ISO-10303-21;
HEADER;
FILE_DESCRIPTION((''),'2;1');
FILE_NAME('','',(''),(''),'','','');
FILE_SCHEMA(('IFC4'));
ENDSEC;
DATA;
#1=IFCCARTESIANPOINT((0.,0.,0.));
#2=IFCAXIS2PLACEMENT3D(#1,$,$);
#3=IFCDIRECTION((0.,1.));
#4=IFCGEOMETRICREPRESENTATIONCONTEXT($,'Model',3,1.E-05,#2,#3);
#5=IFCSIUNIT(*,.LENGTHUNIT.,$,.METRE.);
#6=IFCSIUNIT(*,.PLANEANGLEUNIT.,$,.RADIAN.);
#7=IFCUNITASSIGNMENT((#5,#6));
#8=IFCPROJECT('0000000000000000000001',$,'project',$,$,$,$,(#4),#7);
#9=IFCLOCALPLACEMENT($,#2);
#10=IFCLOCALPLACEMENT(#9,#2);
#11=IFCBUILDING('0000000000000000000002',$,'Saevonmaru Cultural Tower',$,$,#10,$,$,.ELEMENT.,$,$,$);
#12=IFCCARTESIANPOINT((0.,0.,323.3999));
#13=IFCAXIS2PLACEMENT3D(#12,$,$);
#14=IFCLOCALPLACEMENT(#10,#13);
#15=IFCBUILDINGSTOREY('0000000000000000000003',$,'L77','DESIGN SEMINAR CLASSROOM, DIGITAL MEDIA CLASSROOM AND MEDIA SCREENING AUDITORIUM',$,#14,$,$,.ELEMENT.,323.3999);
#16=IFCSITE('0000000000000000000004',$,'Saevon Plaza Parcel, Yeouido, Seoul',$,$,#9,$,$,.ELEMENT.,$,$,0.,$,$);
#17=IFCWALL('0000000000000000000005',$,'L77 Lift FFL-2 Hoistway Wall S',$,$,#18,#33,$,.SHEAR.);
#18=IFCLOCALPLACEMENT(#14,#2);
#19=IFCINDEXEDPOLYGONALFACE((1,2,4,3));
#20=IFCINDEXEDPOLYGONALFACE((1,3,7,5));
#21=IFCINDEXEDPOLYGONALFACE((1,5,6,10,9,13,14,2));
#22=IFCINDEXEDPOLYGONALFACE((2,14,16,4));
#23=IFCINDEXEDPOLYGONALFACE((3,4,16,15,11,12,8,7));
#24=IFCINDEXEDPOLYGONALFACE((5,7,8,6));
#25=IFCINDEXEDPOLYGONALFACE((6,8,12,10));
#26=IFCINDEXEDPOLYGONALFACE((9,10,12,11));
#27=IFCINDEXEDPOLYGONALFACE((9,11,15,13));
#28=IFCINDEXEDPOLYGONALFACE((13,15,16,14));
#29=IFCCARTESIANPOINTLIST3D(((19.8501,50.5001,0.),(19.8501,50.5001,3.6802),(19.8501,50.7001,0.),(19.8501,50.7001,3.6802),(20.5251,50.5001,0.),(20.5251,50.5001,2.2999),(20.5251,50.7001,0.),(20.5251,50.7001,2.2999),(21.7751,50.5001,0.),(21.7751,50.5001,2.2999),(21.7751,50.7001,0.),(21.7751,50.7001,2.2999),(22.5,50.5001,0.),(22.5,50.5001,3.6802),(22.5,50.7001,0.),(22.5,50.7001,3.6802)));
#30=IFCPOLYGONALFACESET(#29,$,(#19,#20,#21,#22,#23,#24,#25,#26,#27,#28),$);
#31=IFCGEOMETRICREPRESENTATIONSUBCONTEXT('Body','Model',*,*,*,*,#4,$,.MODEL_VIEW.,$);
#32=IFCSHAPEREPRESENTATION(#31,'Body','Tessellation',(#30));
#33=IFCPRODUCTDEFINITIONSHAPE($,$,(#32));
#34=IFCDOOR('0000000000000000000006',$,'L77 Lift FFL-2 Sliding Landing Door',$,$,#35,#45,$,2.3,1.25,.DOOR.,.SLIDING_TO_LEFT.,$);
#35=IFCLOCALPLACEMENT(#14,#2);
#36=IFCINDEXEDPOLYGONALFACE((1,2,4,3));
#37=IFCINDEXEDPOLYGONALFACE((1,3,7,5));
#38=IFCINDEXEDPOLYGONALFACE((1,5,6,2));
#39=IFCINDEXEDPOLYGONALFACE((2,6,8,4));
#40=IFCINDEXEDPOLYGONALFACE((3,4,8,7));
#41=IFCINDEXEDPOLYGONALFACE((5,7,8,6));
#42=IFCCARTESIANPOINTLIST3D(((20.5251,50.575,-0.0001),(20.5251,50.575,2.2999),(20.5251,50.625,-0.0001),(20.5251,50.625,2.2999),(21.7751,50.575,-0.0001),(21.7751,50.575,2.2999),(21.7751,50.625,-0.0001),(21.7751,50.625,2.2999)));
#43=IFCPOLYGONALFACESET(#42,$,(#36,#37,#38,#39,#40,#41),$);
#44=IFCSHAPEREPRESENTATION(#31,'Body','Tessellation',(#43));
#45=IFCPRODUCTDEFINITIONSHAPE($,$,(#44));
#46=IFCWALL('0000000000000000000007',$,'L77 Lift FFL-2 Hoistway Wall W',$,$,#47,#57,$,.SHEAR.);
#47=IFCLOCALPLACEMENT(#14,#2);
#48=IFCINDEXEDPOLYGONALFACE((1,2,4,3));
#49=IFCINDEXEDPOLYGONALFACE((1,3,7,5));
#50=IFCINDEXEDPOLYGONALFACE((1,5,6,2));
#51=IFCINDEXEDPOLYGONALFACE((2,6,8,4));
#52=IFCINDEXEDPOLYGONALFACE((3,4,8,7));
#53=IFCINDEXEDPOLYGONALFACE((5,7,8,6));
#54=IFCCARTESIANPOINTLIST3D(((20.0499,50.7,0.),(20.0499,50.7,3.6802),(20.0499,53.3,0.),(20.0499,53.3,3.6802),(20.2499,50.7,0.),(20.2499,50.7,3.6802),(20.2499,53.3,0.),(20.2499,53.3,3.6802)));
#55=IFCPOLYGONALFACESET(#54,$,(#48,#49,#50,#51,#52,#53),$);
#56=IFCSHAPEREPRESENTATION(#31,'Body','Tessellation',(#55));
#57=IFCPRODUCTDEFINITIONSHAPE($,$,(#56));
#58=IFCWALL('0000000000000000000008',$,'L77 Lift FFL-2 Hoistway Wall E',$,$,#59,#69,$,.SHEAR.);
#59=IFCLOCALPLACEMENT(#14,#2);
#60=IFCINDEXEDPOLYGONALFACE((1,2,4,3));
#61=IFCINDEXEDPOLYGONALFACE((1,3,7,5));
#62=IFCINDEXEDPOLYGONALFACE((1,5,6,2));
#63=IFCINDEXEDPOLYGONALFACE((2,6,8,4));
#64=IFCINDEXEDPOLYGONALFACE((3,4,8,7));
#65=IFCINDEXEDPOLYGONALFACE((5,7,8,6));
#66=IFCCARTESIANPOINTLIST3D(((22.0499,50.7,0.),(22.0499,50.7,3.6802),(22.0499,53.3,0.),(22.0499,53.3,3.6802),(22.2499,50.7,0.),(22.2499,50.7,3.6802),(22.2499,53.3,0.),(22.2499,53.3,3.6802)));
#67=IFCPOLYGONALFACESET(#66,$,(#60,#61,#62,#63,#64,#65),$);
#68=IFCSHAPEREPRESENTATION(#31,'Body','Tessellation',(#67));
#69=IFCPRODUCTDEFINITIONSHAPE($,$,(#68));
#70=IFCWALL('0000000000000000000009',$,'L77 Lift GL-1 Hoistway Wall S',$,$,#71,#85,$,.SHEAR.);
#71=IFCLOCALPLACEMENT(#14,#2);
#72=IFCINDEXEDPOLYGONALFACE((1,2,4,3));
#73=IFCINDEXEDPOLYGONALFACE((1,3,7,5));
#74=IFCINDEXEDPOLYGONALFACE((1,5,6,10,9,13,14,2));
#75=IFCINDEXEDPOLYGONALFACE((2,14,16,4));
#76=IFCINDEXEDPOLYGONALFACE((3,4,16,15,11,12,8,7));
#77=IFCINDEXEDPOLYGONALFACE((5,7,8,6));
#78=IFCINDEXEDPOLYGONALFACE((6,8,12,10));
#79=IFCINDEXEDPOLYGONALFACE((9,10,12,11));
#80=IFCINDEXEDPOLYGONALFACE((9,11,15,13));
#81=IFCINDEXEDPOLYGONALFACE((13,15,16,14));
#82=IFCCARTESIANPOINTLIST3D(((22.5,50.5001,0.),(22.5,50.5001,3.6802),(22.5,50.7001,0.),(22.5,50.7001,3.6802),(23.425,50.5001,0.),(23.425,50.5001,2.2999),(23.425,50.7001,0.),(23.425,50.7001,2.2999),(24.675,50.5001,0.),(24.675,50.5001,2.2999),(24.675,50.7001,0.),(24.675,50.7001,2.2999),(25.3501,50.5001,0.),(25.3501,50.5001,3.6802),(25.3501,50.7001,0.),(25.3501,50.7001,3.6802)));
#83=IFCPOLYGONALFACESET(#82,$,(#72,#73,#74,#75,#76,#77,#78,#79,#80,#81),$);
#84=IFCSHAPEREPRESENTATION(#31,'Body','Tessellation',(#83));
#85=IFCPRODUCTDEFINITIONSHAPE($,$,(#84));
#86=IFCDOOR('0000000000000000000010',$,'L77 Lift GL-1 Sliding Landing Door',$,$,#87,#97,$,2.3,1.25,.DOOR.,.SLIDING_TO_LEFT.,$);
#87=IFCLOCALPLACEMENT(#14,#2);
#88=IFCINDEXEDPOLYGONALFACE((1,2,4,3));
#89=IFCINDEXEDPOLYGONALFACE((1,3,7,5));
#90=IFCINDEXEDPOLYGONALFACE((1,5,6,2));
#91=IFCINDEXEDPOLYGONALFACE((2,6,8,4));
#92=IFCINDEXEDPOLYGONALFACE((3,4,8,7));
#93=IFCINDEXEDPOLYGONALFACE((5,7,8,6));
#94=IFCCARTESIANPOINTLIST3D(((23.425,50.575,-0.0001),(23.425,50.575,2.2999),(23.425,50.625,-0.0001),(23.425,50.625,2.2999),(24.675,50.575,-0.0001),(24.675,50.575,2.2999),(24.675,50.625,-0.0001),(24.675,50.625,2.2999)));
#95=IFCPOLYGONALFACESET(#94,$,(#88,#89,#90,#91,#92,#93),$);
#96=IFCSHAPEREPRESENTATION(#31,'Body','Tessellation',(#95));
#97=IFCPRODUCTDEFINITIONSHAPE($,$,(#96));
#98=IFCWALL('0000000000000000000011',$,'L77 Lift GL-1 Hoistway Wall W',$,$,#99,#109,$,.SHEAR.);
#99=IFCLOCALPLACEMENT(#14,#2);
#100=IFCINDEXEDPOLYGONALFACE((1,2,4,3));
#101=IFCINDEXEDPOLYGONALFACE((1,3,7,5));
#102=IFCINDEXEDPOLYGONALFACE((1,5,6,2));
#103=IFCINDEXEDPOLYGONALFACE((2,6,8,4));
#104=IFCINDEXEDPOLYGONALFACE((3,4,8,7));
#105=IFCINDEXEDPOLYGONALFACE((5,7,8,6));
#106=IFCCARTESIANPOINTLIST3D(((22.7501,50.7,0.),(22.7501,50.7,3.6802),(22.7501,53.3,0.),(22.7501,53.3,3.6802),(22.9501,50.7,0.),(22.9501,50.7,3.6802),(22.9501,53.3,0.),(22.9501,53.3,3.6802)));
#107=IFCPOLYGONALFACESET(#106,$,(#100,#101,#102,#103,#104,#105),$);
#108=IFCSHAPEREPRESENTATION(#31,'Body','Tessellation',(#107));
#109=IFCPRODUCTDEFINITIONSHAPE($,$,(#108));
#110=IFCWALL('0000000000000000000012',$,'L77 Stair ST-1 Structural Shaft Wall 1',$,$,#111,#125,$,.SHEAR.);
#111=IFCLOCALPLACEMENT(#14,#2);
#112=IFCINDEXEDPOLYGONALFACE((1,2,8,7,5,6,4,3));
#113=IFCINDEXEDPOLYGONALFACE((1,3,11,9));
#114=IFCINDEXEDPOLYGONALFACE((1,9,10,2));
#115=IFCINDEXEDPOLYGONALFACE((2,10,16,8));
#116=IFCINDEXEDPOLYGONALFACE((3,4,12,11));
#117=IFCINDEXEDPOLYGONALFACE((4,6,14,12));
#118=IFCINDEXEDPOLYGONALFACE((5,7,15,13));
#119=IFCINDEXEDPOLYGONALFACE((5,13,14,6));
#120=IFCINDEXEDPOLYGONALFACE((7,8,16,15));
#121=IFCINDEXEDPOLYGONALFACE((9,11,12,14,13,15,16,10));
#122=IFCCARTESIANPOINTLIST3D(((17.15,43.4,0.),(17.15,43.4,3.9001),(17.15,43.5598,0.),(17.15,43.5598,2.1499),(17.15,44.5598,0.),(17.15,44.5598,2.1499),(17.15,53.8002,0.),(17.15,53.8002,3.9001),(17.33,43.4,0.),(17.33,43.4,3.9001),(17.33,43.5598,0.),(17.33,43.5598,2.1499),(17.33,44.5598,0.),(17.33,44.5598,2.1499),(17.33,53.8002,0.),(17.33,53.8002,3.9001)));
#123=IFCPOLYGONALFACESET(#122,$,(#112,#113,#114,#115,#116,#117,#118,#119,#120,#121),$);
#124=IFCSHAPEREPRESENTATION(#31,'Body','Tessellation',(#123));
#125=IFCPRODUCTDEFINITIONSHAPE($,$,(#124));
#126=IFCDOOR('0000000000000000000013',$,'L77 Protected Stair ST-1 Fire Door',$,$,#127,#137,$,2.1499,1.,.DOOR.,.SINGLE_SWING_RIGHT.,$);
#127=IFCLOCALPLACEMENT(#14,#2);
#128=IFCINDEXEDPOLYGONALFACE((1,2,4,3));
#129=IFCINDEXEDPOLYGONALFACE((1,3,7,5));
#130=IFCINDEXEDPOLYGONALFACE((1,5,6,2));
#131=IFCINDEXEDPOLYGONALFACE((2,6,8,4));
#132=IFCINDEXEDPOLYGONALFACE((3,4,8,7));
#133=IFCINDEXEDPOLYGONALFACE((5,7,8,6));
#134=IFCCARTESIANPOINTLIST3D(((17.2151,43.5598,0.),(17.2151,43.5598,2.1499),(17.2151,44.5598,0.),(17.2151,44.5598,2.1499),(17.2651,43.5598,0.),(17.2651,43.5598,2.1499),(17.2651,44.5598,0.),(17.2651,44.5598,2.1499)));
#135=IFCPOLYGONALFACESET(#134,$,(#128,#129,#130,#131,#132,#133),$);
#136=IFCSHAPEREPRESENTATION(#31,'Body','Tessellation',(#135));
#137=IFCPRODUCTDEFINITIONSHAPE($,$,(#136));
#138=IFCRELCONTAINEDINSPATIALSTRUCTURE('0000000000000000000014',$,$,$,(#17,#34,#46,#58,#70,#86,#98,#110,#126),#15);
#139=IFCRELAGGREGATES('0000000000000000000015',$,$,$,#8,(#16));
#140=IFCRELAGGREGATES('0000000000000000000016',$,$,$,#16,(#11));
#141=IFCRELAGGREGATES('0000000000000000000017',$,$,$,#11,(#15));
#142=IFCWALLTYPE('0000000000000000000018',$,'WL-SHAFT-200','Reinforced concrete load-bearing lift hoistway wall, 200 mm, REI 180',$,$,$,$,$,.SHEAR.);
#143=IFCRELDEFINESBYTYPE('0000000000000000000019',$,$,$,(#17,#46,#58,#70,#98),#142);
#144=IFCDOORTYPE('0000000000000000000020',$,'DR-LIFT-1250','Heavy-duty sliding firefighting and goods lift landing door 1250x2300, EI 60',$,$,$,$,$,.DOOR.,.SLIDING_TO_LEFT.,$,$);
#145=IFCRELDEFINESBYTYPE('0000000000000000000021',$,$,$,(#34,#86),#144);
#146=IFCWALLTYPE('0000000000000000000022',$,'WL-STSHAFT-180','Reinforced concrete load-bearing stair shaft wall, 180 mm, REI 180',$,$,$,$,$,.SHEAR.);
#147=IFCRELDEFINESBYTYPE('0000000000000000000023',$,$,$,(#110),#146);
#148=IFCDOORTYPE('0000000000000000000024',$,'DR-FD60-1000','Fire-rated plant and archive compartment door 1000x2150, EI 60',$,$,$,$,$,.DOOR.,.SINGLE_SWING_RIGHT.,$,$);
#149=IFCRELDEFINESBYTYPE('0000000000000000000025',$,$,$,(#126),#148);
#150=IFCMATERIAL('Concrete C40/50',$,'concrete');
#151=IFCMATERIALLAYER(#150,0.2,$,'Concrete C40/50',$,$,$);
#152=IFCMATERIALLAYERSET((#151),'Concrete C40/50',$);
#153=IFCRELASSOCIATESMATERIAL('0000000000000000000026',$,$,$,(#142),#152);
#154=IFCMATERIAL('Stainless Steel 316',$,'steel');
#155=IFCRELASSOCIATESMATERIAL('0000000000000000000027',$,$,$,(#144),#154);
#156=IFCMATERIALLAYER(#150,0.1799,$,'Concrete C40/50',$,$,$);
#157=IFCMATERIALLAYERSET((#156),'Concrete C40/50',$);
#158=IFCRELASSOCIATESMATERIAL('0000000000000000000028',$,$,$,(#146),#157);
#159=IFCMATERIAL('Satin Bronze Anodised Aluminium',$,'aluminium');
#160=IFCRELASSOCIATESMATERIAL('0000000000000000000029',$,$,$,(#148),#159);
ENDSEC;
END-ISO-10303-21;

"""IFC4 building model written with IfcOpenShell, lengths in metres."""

from ifc_helpers import new_model, si_unit, direction, frame, frame_2d, origin, place, context, subcontext, project, spatial, rectangle, extrude, material, layer, layer_set, type_object, element, fill, save


model = new_model("IFC4")

# Units and contexts
model_context = context("Model", 3, precision=1e-05, world=origin(), true_north=direction((0.0, 1.0)))
body_context = subcontext(model_context, "Body", "Model", "MODEL_VIEW")
ifc_project = project(units=[si_unit("LENGTHUNIT", "METRE"), si_unit("PLANEANGLEUNIT", "RADIAN")], contexts=[model_context])

# Site, building, storey
site_placement = place(None, origin())
site = spatial("IfcSite", under=ifc_project, at=site_placement, Name="Saevon Plaza Parcel, Yeouido, Seoul", CompositionType="ELEMENT", RefElevation=0.0)
building_placement = place(site_placement, origin())
building = spatial("IfcBuilding", under=site, at=building_placement, Name="Saevonmaru Cultural Tower", CompositionType="ELEMENT")
storey_placement = place(building_placement, frame((0.0, 0.0, 323.3999)))
storey = spatial("IfcBuildingStorey", under=building, at=storey_placement, Name="L77", Description="DESIGN SEMINAR CLASSROOM, DIGITAL MEDIA CLASSROOM AND MEDIA SCREENING AUDITORIUM", CompositionType="ELEMENT", Elevation=323.3999)

# Shared definitions
ifc_material_1 = material(Name="Satin Bronze Anodised Aluminium", Category="aluminium")
ifc_material_2 = material(Name="Concrete C40/50", Category="concrete")
ifc_layer_1 = layer(ifc_material_2, 0.2, Name="Concrete C40/50")
ifc_layer_set_1 = layer_set([ifc_layer_1], Name="Concrete C40/50")
wall_type_1 = type_object("IfcWallType", Name="WL-SHAFT-200", Description="Reinforced concrete load-bearing lift hoistway wall, 200 mm, REI 180", PredefinedType="SHEAR", material=ifc_layer_set_1)
ifc_material_3 = material(Name="Stainless Steel 316", Category="steel")
door_type_1 = type_object("IfcDoorType", Name="DR-LIFT-1250", Description="Heavy-duty sliding firefighting and goods lift landing door 1250x2300, EI 60", OperationType="SLIDING_TO_LEFT", PredefinedType="DOOR", material=ifc_material_3)

# Wall, opening, door
wall_1_placement = place(storey_placement, frame((19.8501, 50.6001, 0.0), z_axis=(0.0, 0.0, 1.0), x_axis=(1.0, 0.0, 0.0)))
wall_1 = element("IfcWall", 1, at=wall_1_placement, inside=storey, type_object=wall_type_1, Name="L77 Lift FFL-2 Hoistway Wall S", PredefinedType="SHEAR", context=body_context, shape_type="SweptSolid", body=[
    extrude(rectangle(XDim=2.6499, YDim=0.2, at=frame_2d((1.325, 0.0))), origin(), (0.0, 0.0, 1.0), 3.6802),
])
opening_1_placement = place(wall_1_placement, frame((0.675, 0.0, 0.0)))
opening_1 = element("IfcOpeningElement", 2, at=opening_1_placement, cuts=wall_1, PredefinedType="OPENING", context=body_context, shape_type="SweptSolid", body=[
    extrude(rectangle(XDim=1.25, YDim=2.3, at=frame_2d((0.625, 1.1499))), frame((0.0, 0.1099, 0.0), z_axis=(0.0, -1.0, 0.0), x_axis=(1.0, 0.0, 0.0)), (0.0, 0.0, 1.0), 0.22),
])
door_1_placement = place(opening_1_placement, origin())
door_1 = element("IfcDoor", 3, at=door_1_placement, inside=storey, type_object=door_type_1, Name="L77 Lift FFL-2 Sliding Landing Door", OperationType="SLIDING_TO_LEFT", OverallHeight=2.3, OverallWidth=1.25, PredefinedType="DOOR", context=body_context, shape_type="SweptSolid", body=[
    extrude(rectangle(XDim=1.25, YDim=2.3, at=frame_2d((0.625, 1.1499))), frame((0.0, 0.0249, 0.0), z_axis=(0.0, -1.0, 0.0), x_axis=(1.0, 0.0, 0.0)), (0.0, 0.0, 1.0), 0.05),
])
fill(opening_1, door_1)

# Walls
for number, where, z_axis, x_axis, name in (
    (4, (20.1499, 50.7, 0.0), (0.0, 0.0, 1.0), (0.0, 1.0, 0.0), "L77 Lift FFL-2 Hoistway Wall W"),
    (5, (22.1499, 50.7, 0.0), (0.0, 0.0, 1.0), (0.0, 1.0, 0.0), "L77 Lift FFL-2 Hoistway Wall E"),
):
    element("IfcWall", number, at=place(storey_placement, frame(where, z_axis=z_axis, x_axis=x_axis)), inside=storey, type_object=wall_type_1, Name=name, PredefinedType="SHEAR", context=body_context, shape_type="SweptSolid", body=[
        extrude(rectangle(XDim=2.6001, YDim=0.2, at=frame_2d((1.3, 0.0))), origin(), (0.0, 0.0, 1.0), 3.6802),
    ])

# Wall, opening, door
wall_2_placement = place(storey_placement, frame((22.5, 50.6001, 0.0), z_axis=(0.0, 0.0, 1.0), x_axis=(1.0, 0.0, 0.0)))
wall_2 = element("IfcWall", 6, at=wall_2_placement, inside=storey, type_object=wall_type_1, Name="L77 Lift GL-1 Hoistway Wall S", PredefinedType="SHEAR", context=body_context, shape_type="SweptSolid", body=[
    extrude(rectangle(XDim=2.8501, YDim=0.2, at=frame_2d((1.425, 0.0))), origin(), (0.0, 0.0, 1.0), 3.6802),
])
opening_2_placement = place(wall_2_placement, frame((0.925, 0.0, 0.0)))
opening_2 = element("IfcOpeningElement", 7, at=opening_2_placement, cuts=wall_2, PredefinedType="OPENING", context=body_context, shape_type="SweptSolid", body=[
    extrude(rectangle(XDim=1.25, YDim=2.3, at=frame_2d((0.625, 1.1499))), frame((0.0, 0.1099, 0.0), z_axis=(0.0, -1.0, 0.0), x_axis=(1.0, 0.0, 0.0)), (0.0, 0.0, 1.0), 0.22),
])
door_2_placement = place(opening_2_placement, origin())
door_2 = element("IfcDoor", 8, at=door_2_placement, inside=storey, type_object=door_type_1, Name="L77 Lift GL-1 Sliding Landing Door", OperationType="SLIDING_TO_LEFT", OverallHeight=2.3, OverallWidth=1.25, PredefinedType="DOOR", context=body_context, shape_type="SweptSolid", body=[
    extrude(rectangle(XDim=1.25, YDim=2.3, at=frame_2d((0.625, 1.1499))), frame((0.0, 0.0249, 0.0), z_axis=(0.0, -1.0, 0.0), x_axis=(1.0, 0.0, 0.0)), (0.0, 0.0, 1.0), 0.05),
])
fill(opening_2, door_2)

# Wall
wall_3_placement = place(storey_placement, frame((22.8501, 50.7, 0.0), z_axis=(0.0, 0.0, 1.0), x_axis=(0.0, 1.0, 0.0)))
element("IfcWall", 9, at=wall_3_placement, inside=storey, type_object=wall_type_1, Name="L77 Lift GL-1 Hoistway Wall W", PredefinedType="SHEAR", context=body_context, shape_type="SweptSolid", body=[
    extrude(rectangle(XDim=2.6001, YDim=0.2, at=frame_2d((1.3, 0.0))), origin(), (0.0, 0.0, 1.0), 3.6802),
])

# Wall, opening, door
ifc_layer_2 = layer(ifc_material_2, 0.1799, Name="Concrete C40/50")
ifc_layer_set_2 = layer_set([ifc_layer_2], Name="Concrete C40/50")
wall_type_2 = type_object("IfcWallType", Name="WL-STSHAFT-180", Description="Reinforced concrete load-bearing stair shaft wall, 180 mm, REI 180", PredefinedType="SHEAR", material=ifc_layer_set_2)
wall_4_placement = place(storey_placement, frame((17.24, 43.3999, 0.0), z_axis=(0.0, 0.0, 1.0), x_axis=(0.0, 1.0, 0.0)))
wall_4 = element("IfcWall", 10, at=wall_4_placement, inside=storey, type_object=wall_type_2, Name="L77 Stair ST-1 Structural Shaft Wall 1", PredefinedType="SHEAR", context=body_context, shape_type="SweptSolid", body=[
    extrude(rectangle(XDim=10.4001, YDim=0.1799, at=frame_2d((5.2002, 0.0))), origin(), (0.0, 0.0, 1.0), 3.9001),
])
opening_3_placement = place(wall_4_placement, frame((0.1599, 0.0, 0.0)))
opening_3 = element("IfcOpeningElement", 11, at=opening_3_placement, cuts=wall_4, PredefinedType="OPENING", context=body_context, shape_type="SweptSolid", body=[
    extrude(rectangle(XDim=1.0, YDim=2.1499, at=frame_2d((0.5, 1.075))), frame((0.0, 0.1001, 0.0), z_axis=(0.0, -1.0, 0.0), x_axis=(1.0, 0.0, 0.0)), (0.0, 0.0, 1.0), 0.2),
])
door_type_2 = type_object("IfcDoorType", Name="DR-FD60-1000", Description="Fire-rated plant and archive compartment door 1000x2150, EI 60", OperationType="SINGLE_SWING_RIGHT", PredefinedType="DOOR", material=ifc_material_1)
door_3_placement = place(opening_3_placement, origin())
door_3 = element("IfcDoor", 12, at=door_3_placement, inside=storey, type_object=door_type_2, Name="L77 Protected Stair ST-1 Fire Door", OperationType="SINGLE_SWING_RIGHT", OverallHeight=2.1499, OverallWidth=1.0, PredefinedType="DOOR", context=body_context, shape_type="SweptSolid", body=[
    extrude(rectangle(XDim=1.0, YDim=2.1499, at=frame_2d((0.5, 1.075))), frame((0.0, 0.0249, 0.0), z_axis=(0.0, -1.0, 0.0), x_axis=(1.0, 0.0, 0.0)), (0.0, 0.0, 1.0), 0.05),
])
fill(opening_3, door_3)

save(model, "model.ifc")
